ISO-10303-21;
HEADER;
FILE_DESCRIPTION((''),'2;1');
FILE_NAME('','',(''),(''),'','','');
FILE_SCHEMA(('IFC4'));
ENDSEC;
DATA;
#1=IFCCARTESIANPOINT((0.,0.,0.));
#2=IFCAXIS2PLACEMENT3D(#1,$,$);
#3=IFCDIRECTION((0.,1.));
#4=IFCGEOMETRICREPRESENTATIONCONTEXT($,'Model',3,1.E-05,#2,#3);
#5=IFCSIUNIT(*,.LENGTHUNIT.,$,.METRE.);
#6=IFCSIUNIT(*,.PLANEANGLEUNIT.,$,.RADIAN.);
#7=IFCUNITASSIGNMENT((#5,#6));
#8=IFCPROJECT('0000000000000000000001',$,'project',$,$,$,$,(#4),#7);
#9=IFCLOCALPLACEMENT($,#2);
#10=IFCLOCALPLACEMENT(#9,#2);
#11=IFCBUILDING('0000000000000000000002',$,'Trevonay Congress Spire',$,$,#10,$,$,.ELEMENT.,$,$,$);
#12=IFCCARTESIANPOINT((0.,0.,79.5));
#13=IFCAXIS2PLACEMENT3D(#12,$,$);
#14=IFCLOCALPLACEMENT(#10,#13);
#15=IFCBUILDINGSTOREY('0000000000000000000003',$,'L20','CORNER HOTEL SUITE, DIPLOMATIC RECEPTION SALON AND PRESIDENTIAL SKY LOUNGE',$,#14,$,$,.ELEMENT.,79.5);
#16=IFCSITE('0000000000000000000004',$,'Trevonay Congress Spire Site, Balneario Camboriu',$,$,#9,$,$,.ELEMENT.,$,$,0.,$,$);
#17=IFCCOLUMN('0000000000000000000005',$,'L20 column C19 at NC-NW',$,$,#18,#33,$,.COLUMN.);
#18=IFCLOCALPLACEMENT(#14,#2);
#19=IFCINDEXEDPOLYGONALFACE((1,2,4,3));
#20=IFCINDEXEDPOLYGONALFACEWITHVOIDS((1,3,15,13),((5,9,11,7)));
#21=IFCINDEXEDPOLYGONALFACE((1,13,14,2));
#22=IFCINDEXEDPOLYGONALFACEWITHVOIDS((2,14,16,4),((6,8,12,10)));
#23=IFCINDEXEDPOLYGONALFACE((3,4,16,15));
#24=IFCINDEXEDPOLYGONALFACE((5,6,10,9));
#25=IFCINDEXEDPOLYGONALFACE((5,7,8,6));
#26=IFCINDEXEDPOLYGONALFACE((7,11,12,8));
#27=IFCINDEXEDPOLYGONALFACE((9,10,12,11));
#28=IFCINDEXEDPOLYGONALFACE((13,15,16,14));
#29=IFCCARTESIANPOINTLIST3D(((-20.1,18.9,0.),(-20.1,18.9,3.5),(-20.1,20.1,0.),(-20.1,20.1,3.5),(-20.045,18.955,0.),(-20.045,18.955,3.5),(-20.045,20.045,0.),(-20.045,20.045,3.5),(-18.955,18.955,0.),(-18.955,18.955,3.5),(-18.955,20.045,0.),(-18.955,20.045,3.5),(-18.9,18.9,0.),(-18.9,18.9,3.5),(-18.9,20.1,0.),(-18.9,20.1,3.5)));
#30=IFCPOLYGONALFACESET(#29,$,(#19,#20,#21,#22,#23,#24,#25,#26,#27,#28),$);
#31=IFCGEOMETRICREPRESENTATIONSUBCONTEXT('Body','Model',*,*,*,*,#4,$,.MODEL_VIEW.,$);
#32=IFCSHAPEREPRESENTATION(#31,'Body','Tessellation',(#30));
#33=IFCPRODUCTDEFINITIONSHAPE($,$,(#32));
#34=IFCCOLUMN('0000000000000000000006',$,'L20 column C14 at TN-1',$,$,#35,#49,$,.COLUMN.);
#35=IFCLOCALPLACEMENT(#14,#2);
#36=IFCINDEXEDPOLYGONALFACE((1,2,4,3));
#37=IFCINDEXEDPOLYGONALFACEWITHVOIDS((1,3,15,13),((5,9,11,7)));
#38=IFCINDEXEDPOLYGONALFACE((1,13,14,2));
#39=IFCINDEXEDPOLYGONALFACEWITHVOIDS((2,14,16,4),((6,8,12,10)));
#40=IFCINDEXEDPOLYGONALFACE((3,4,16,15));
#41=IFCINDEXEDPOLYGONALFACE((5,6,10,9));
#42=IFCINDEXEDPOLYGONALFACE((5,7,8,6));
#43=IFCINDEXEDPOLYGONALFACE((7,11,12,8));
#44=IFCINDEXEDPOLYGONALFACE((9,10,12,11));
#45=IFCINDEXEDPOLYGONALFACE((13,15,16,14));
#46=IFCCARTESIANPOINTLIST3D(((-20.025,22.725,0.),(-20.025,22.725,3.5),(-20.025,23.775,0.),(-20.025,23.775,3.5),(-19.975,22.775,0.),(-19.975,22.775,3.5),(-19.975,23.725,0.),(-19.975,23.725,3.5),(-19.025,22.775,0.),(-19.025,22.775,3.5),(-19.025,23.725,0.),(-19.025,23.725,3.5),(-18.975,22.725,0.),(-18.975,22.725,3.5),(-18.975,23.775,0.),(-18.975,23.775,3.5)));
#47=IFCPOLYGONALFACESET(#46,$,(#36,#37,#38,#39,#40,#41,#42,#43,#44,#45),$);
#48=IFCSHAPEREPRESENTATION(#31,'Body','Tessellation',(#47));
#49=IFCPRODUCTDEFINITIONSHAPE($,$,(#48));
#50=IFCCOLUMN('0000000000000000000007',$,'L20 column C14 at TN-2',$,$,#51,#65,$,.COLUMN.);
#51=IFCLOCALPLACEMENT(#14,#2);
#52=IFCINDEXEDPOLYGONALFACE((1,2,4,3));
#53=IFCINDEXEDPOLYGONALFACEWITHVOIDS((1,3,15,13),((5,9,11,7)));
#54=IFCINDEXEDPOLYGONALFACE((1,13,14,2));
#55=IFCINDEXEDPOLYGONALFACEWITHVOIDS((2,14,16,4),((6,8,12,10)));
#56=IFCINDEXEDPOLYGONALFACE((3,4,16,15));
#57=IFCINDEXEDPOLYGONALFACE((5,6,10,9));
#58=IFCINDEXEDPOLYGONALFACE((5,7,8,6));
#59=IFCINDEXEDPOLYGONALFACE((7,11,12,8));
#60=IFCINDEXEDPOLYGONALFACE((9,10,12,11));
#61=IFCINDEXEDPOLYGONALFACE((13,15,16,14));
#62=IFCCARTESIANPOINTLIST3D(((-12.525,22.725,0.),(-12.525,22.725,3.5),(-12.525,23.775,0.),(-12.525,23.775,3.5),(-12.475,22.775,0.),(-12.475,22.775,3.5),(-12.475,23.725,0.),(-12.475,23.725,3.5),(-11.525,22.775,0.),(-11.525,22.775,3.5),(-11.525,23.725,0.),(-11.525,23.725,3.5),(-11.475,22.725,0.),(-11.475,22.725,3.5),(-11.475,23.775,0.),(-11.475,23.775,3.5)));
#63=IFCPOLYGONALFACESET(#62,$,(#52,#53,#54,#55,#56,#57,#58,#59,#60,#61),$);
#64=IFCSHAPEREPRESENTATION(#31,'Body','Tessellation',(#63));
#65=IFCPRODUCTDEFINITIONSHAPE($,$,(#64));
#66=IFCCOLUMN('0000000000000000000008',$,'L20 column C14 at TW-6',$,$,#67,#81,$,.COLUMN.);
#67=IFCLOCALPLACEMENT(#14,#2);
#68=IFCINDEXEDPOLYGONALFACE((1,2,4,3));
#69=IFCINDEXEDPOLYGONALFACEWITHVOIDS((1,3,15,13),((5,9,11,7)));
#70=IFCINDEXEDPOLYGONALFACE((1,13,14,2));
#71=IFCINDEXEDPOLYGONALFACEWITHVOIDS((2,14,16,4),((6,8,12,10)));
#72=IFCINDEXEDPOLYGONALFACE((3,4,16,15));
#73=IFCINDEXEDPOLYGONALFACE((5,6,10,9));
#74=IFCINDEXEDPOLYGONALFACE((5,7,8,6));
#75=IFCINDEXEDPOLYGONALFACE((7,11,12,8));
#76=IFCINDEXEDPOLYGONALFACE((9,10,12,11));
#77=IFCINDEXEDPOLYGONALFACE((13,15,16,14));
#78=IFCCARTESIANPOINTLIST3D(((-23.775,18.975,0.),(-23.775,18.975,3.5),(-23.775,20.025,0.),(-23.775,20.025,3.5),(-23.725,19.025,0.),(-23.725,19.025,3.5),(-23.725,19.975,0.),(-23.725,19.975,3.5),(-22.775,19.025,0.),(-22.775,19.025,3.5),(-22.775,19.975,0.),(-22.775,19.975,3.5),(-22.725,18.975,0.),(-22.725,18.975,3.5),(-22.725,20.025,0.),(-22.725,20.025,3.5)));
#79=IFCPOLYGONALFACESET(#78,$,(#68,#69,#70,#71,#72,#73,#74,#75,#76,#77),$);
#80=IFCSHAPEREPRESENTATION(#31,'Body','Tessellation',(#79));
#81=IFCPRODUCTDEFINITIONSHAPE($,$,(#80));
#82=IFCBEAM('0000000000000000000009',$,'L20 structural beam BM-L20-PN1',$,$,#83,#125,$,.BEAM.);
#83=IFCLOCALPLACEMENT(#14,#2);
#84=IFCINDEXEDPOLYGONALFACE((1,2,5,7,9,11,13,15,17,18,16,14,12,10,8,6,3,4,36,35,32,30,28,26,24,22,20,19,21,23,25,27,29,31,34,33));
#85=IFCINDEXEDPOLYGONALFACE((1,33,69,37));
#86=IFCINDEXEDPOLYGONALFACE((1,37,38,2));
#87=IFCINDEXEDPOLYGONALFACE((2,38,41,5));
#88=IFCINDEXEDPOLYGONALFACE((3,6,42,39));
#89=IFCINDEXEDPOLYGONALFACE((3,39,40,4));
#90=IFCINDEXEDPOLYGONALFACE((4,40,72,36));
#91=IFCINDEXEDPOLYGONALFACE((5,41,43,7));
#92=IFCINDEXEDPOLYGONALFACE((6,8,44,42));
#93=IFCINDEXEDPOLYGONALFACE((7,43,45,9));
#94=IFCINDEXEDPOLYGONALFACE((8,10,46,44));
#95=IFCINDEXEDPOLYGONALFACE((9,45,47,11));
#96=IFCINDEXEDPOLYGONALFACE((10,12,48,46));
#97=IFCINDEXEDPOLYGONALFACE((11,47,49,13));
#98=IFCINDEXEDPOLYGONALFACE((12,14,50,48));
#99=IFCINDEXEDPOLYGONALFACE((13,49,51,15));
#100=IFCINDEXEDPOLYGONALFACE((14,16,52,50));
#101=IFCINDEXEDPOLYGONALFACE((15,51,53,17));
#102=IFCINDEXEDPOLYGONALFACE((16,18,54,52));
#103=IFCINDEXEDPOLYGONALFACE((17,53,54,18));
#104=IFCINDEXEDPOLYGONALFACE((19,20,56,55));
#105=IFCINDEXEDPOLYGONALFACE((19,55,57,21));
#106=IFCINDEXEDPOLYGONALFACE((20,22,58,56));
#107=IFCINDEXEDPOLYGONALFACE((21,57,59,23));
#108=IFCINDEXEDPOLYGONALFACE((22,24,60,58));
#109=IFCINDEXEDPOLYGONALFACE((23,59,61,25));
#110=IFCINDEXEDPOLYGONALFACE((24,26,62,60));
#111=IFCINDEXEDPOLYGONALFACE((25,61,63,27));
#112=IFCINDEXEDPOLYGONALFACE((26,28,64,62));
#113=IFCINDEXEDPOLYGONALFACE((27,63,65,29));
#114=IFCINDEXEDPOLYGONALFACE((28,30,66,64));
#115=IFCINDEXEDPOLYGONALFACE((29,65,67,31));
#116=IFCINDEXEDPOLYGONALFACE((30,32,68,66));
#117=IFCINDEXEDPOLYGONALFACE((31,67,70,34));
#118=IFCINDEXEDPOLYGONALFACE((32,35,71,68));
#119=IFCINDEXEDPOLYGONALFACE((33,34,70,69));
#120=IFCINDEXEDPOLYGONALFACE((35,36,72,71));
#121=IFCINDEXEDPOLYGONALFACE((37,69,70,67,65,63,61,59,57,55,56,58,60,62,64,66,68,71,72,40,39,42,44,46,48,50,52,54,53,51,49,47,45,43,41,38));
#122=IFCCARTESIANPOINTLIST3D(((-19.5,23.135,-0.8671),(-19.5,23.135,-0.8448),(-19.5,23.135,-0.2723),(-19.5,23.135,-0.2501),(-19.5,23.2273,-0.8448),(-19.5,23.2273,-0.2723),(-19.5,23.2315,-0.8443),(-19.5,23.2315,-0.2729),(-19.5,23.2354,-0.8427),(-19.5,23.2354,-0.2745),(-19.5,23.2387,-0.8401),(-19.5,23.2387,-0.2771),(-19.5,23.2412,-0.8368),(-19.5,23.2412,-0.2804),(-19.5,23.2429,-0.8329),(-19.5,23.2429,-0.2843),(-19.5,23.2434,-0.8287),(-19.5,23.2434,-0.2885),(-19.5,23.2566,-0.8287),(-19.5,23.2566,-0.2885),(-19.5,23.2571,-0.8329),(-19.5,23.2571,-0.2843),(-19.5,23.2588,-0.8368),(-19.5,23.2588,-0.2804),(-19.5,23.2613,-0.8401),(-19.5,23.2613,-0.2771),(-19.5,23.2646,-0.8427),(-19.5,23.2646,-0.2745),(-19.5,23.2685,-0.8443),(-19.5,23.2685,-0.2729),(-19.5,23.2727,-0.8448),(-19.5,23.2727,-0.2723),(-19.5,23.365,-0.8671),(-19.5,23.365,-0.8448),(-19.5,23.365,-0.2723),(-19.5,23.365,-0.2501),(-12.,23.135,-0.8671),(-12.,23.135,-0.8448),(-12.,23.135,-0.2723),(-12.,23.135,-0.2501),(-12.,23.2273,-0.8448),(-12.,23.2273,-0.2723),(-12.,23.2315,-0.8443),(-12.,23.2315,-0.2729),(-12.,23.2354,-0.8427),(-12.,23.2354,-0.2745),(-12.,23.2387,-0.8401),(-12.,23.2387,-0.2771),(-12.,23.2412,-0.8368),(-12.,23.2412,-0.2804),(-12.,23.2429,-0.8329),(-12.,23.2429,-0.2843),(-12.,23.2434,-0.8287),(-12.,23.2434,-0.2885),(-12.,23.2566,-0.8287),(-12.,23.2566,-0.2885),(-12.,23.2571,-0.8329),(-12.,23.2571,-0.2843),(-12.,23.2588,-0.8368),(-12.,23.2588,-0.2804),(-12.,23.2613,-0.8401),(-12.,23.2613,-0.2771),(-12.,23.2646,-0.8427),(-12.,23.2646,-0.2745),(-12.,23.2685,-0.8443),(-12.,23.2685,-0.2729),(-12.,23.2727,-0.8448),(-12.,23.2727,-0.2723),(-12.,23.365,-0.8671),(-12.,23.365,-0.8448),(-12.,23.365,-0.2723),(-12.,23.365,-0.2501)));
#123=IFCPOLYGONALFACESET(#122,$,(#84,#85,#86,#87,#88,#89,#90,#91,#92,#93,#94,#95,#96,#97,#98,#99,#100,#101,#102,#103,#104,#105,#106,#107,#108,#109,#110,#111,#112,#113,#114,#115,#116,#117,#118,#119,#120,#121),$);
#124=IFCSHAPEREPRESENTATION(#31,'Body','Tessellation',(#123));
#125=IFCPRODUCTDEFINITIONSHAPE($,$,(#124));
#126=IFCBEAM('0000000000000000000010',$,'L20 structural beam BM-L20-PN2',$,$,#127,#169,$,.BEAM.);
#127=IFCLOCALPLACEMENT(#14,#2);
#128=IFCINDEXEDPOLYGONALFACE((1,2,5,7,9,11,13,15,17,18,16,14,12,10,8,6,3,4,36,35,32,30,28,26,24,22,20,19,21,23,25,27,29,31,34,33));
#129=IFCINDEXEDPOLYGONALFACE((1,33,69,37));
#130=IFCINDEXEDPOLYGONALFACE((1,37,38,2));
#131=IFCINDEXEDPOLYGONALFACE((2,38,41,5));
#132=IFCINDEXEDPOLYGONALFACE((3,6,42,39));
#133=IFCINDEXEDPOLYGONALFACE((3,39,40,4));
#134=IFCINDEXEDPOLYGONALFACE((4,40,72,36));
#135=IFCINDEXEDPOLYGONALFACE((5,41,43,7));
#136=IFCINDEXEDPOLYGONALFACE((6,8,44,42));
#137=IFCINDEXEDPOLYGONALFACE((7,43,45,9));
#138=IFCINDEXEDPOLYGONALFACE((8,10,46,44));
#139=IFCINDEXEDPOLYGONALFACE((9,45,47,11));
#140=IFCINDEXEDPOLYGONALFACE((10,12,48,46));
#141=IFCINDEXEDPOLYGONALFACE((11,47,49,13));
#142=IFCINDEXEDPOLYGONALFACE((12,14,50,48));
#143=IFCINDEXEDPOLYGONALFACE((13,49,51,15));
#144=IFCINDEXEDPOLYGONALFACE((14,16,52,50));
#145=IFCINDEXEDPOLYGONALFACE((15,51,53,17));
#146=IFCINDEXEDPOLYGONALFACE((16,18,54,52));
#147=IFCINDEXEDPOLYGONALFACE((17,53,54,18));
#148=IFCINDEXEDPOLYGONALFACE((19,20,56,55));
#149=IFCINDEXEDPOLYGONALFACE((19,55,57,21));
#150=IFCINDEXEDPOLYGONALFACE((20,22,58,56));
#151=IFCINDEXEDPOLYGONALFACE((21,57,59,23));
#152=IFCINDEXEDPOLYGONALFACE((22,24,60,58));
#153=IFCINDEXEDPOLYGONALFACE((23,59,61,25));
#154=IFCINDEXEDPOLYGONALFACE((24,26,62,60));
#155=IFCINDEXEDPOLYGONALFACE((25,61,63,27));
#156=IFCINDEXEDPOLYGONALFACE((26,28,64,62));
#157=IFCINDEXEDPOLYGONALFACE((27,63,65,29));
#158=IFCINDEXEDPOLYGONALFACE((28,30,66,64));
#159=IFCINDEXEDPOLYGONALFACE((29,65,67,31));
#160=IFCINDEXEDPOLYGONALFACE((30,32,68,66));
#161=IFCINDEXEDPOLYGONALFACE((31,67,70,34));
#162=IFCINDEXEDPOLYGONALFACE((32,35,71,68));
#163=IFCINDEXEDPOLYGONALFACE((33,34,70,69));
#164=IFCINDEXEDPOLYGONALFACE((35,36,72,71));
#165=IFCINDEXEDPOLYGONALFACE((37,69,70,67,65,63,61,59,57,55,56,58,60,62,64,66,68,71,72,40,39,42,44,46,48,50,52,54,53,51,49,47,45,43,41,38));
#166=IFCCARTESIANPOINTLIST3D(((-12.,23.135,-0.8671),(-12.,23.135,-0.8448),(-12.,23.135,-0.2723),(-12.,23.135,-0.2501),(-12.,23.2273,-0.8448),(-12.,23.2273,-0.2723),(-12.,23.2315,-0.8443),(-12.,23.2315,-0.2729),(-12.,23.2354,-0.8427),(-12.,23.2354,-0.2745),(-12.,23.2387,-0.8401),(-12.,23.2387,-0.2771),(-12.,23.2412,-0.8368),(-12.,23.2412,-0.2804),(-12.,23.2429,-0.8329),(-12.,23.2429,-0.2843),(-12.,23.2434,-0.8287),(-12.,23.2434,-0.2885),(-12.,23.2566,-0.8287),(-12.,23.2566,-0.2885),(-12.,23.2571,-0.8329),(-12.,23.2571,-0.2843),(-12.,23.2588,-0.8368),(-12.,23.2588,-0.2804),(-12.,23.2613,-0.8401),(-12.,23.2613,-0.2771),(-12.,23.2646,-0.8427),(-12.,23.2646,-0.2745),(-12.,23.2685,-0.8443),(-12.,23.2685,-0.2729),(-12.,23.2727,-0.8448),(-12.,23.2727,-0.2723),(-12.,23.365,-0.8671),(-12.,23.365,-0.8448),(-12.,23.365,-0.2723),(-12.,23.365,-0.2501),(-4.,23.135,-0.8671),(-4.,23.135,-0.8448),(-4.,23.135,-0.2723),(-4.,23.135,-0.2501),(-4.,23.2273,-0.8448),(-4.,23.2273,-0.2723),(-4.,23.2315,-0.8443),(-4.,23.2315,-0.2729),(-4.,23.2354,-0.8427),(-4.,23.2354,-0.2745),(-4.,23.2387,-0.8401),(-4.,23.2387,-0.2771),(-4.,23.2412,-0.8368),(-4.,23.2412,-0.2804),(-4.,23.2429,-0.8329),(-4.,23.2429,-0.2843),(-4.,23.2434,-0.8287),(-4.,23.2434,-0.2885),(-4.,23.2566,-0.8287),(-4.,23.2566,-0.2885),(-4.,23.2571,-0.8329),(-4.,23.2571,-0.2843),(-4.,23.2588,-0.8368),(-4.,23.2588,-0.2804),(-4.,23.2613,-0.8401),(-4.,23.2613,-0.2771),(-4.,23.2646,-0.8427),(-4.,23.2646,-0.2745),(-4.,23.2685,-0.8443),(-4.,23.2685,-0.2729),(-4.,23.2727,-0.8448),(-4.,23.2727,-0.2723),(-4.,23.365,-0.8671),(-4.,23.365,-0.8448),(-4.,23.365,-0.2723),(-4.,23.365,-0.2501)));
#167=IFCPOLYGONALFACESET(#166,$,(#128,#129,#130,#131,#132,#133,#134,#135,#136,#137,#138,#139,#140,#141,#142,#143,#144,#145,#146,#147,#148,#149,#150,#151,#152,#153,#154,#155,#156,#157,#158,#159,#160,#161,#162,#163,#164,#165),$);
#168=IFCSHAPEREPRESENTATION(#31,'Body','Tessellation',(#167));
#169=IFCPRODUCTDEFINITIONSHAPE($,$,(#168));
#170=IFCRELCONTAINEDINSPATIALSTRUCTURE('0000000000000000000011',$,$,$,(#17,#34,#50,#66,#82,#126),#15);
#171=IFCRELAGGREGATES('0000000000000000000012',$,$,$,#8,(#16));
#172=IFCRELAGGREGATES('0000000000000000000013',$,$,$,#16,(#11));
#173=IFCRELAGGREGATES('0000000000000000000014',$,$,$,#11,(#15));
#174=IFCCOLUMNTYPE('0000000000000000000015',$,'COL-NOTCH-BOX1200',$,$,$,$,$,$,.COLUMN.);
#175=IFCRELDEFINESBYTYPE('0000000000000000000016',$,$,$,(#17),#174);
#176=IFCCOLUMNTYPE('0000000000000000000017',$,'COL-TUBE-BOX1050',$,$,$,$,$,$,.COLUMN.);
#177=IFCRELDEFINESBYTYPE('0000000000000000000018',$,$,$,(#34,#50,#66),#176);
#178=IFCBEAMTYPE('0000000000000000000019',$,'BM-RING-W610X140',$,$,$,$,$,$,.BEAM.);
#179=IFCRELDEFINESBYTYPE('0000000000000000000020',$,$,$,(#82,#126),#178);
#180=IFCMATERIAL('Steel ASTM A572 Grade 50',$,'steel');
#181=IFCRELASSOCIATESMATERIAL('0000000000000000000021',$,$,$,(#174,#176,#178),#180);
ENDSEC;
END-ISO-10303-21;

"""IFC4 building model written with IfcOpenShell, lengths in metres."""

from ifc_helpers import new_model, si_unit, direction, frame, origin, origin_2d, place, context, subcontext, project, spatial, hollow_rectangle, i_section, extrude, material, material_profile, profile_set, type_object, element, save


model = new_model("IFC4")

# Units and contexts
model_context = context("Model", 3, precision=1e-05, world=origin(), true_north=direction((0.0, 1.0)))
body_context = subcontext(model_context, "Body", "Model", "MODEL_VIEW")
ifc_project = project(units=[si_unit("LENGTHUNIT", "METRE"), si_unit("PLANEANGLEUNIT", "RADIAN")], contexts=[model_context])

# Site, building, storey
site_placement = place(None, origin())
site = spatial("IfcSite", under=ifc_project, at=site_placement, Name="Trevonay Congress Spire Site, Balneario Camboriu", CompositionType="ELEMENT", RefElevation=0.0)
building_placement = place(site_placement, origin())
building = spatial("IfcBuilding", under=site, at=building_placement, Name="Trevonay Congress Spire", CompositionType="ELEMENT")
storey_placement = place(building_placement, frame((0.0, 0.0, 79.5)))
storey = spatial("IfcBuildingStorey", under=building, at=storey_placement, Name="L20", Description="CORNER HOTEL SUITE, DIPLOMATIC RECEPTION SALON AND PRESIDENTIAL SKY LOUNGE", CompositionType="ELEMENT", Elevation=79.5)

# Columns
ifc_material_1 = material(Name="Steel ASTM A572 Grade 50", Category="steel")
ifc_material_profile_1 = material_profile(ifc_material_1, hollow_rectangle(XDim=1.2, YDim=1.2, WallThickness=0.0549, at=origin_2d()), Name="BOX 1200x1200x55")
ifc_profile_set_1 = profile_set([ifc_material_profile_1], Name="Steel ASTM A572 Grade 50")
column_type_1 = type_object("IfcColumnType", Name="COL-NOTCH-BOX1200", PredefinedType="COLUMN", material=ifc_profile_set_1)
column_placement = place(storey_placement, frame((-19.5, 19.5, 0.0), z_axis=(0.0, 0.0, 1.0), x_axis=(1.0, 0.0, 0.0)))
element("IfcColumn", 1, at=column_placement, inside=storey, type_object=column_type_1, Name="L20 column C19 at NC-NW", PredefinedType="COLUMN", context=body_context, shape_type="SweptSolid", body=[
    extrude(hollow_rectangle(XDim=1.2, YDim=1.2, WallThickness=0.0549, at=origin_2d()), origin(), (0.0, 0.0, 1.0), 3.5),
])
ifc_material_profile_2 = material_profile(ifc_material_1, hollow_rectangle(XDim=1.05, YDim=1.05, WallThickness=0.05, at=origin_2d()), Name="BOX 1050x1050x50")
ifc_profile_set_2 = profile_set([ifc_material_profile_2], Name="Steel ASTM A572 Grade 50")
column_type_2 = type_object("IfcColumnType", Name="COL-TUBE-BOX1050", PredefinedType="COLUMN", material=ifc_profile_set_2)
for number, where, z_axis, x_axis, name in (
    (2, (-19.5, 23.25, 0.0), (0.0, 0.0, 1.0), (1.0, 0.0, 0.0), "L20 column C14 at TN-1"),
    (3, (-12.0, 23.25, 0.0), (0.0, 0.0, 1.0), (1.0, 0.0, 0.0), "L20 column C14 at TN-2"),
    (4, (-23.25, 19.5, 0.0), (0.0, 0.0, 1.0), (1.0, 0.0, 0.0), "L20 column C14 at TW-6"),
):
    element("IfcColumn", number, at=place(storey_placement, frame(where, z_axis=z_axis, x_axis=x_axis)), inside=storey, type_object=column_type_2, Name=name, PredefinedType="COLUMN", context=body_context, shape_type="SweptSolid", body=[
        extrude(hollow_rectangle(XDim=1.05, YDim=1.05, WallThickness=0.05, at=origin_2d()), origin(), (0.0, 0.0, 1.0), 3.5),
    ])

# Beams
ifc_material_profile_3 = material_profile(ifc_material_1, i_section(OverallWidth=0.23, OverallDepth=0.6169, WebThickness=0.0132, FlangeThickness=0.0222, FilletRadius=0.0161, at=origin_2d()), Name="W610x140")
ifc_profile_set_3 = profile_set([ifc_material_profile_3], Name="Steel ASTM A572 Grade 50")
beam_type_1 = type_object("IfcBeamType", Name="BM-RING-W610X140", PredefinedType="BEAM", material=ifc_profile_set_3)
beam_1_placement = place(storey_placement, frame((-19.5, 23.25, -0.5586), z_axis=(1.0, 0.0, 0.0), x_axis=(0.0, 1.0, 0.0)))
element("IfcBeam", 5, at=beam_1_placement, inside=storey, type_object=beam_type_1, Name="L20 structural beam BM-L20-PN1", PredefinedType="BEAM", context=body_context, shape_type="SweptSolid", body=[
    extrude(i_section(OverallWidth=0.23, OverallDepth=0.6169, WebThickness=0.0132, FlangeThickness=0.0222, FilletRadius=0.0161, at=origin_2d()), origin(), (0.0, 0.0, 1.0), 7.5),
])
beam_2_placement = place(storey_placement, frame((-12.0, 23.25, -0.5586), z_axis=(1.0, 0.0, 0.0), x_axis=(0.0, 1.0, 0.0)))
element("IfcBeam", 6, at=beam_2_placement, inside=storey, type_object=beam_type_1, Name="L20 structural beam BM-L20-PN2", PredefinedType="BEAM", context=body_context, shape_type="SweptSolid", body=[
    extrude(i_section(OverallWidth=0.23, OverallDepth=0.6169, WebThickness=0.0132, FlangeThickness=0.0222, FilletRadius=0.0161, at=origin_2d()), origin(), (0.0, 0.0, 1.0), 8.0),
])

save(model, "model.ifc")
